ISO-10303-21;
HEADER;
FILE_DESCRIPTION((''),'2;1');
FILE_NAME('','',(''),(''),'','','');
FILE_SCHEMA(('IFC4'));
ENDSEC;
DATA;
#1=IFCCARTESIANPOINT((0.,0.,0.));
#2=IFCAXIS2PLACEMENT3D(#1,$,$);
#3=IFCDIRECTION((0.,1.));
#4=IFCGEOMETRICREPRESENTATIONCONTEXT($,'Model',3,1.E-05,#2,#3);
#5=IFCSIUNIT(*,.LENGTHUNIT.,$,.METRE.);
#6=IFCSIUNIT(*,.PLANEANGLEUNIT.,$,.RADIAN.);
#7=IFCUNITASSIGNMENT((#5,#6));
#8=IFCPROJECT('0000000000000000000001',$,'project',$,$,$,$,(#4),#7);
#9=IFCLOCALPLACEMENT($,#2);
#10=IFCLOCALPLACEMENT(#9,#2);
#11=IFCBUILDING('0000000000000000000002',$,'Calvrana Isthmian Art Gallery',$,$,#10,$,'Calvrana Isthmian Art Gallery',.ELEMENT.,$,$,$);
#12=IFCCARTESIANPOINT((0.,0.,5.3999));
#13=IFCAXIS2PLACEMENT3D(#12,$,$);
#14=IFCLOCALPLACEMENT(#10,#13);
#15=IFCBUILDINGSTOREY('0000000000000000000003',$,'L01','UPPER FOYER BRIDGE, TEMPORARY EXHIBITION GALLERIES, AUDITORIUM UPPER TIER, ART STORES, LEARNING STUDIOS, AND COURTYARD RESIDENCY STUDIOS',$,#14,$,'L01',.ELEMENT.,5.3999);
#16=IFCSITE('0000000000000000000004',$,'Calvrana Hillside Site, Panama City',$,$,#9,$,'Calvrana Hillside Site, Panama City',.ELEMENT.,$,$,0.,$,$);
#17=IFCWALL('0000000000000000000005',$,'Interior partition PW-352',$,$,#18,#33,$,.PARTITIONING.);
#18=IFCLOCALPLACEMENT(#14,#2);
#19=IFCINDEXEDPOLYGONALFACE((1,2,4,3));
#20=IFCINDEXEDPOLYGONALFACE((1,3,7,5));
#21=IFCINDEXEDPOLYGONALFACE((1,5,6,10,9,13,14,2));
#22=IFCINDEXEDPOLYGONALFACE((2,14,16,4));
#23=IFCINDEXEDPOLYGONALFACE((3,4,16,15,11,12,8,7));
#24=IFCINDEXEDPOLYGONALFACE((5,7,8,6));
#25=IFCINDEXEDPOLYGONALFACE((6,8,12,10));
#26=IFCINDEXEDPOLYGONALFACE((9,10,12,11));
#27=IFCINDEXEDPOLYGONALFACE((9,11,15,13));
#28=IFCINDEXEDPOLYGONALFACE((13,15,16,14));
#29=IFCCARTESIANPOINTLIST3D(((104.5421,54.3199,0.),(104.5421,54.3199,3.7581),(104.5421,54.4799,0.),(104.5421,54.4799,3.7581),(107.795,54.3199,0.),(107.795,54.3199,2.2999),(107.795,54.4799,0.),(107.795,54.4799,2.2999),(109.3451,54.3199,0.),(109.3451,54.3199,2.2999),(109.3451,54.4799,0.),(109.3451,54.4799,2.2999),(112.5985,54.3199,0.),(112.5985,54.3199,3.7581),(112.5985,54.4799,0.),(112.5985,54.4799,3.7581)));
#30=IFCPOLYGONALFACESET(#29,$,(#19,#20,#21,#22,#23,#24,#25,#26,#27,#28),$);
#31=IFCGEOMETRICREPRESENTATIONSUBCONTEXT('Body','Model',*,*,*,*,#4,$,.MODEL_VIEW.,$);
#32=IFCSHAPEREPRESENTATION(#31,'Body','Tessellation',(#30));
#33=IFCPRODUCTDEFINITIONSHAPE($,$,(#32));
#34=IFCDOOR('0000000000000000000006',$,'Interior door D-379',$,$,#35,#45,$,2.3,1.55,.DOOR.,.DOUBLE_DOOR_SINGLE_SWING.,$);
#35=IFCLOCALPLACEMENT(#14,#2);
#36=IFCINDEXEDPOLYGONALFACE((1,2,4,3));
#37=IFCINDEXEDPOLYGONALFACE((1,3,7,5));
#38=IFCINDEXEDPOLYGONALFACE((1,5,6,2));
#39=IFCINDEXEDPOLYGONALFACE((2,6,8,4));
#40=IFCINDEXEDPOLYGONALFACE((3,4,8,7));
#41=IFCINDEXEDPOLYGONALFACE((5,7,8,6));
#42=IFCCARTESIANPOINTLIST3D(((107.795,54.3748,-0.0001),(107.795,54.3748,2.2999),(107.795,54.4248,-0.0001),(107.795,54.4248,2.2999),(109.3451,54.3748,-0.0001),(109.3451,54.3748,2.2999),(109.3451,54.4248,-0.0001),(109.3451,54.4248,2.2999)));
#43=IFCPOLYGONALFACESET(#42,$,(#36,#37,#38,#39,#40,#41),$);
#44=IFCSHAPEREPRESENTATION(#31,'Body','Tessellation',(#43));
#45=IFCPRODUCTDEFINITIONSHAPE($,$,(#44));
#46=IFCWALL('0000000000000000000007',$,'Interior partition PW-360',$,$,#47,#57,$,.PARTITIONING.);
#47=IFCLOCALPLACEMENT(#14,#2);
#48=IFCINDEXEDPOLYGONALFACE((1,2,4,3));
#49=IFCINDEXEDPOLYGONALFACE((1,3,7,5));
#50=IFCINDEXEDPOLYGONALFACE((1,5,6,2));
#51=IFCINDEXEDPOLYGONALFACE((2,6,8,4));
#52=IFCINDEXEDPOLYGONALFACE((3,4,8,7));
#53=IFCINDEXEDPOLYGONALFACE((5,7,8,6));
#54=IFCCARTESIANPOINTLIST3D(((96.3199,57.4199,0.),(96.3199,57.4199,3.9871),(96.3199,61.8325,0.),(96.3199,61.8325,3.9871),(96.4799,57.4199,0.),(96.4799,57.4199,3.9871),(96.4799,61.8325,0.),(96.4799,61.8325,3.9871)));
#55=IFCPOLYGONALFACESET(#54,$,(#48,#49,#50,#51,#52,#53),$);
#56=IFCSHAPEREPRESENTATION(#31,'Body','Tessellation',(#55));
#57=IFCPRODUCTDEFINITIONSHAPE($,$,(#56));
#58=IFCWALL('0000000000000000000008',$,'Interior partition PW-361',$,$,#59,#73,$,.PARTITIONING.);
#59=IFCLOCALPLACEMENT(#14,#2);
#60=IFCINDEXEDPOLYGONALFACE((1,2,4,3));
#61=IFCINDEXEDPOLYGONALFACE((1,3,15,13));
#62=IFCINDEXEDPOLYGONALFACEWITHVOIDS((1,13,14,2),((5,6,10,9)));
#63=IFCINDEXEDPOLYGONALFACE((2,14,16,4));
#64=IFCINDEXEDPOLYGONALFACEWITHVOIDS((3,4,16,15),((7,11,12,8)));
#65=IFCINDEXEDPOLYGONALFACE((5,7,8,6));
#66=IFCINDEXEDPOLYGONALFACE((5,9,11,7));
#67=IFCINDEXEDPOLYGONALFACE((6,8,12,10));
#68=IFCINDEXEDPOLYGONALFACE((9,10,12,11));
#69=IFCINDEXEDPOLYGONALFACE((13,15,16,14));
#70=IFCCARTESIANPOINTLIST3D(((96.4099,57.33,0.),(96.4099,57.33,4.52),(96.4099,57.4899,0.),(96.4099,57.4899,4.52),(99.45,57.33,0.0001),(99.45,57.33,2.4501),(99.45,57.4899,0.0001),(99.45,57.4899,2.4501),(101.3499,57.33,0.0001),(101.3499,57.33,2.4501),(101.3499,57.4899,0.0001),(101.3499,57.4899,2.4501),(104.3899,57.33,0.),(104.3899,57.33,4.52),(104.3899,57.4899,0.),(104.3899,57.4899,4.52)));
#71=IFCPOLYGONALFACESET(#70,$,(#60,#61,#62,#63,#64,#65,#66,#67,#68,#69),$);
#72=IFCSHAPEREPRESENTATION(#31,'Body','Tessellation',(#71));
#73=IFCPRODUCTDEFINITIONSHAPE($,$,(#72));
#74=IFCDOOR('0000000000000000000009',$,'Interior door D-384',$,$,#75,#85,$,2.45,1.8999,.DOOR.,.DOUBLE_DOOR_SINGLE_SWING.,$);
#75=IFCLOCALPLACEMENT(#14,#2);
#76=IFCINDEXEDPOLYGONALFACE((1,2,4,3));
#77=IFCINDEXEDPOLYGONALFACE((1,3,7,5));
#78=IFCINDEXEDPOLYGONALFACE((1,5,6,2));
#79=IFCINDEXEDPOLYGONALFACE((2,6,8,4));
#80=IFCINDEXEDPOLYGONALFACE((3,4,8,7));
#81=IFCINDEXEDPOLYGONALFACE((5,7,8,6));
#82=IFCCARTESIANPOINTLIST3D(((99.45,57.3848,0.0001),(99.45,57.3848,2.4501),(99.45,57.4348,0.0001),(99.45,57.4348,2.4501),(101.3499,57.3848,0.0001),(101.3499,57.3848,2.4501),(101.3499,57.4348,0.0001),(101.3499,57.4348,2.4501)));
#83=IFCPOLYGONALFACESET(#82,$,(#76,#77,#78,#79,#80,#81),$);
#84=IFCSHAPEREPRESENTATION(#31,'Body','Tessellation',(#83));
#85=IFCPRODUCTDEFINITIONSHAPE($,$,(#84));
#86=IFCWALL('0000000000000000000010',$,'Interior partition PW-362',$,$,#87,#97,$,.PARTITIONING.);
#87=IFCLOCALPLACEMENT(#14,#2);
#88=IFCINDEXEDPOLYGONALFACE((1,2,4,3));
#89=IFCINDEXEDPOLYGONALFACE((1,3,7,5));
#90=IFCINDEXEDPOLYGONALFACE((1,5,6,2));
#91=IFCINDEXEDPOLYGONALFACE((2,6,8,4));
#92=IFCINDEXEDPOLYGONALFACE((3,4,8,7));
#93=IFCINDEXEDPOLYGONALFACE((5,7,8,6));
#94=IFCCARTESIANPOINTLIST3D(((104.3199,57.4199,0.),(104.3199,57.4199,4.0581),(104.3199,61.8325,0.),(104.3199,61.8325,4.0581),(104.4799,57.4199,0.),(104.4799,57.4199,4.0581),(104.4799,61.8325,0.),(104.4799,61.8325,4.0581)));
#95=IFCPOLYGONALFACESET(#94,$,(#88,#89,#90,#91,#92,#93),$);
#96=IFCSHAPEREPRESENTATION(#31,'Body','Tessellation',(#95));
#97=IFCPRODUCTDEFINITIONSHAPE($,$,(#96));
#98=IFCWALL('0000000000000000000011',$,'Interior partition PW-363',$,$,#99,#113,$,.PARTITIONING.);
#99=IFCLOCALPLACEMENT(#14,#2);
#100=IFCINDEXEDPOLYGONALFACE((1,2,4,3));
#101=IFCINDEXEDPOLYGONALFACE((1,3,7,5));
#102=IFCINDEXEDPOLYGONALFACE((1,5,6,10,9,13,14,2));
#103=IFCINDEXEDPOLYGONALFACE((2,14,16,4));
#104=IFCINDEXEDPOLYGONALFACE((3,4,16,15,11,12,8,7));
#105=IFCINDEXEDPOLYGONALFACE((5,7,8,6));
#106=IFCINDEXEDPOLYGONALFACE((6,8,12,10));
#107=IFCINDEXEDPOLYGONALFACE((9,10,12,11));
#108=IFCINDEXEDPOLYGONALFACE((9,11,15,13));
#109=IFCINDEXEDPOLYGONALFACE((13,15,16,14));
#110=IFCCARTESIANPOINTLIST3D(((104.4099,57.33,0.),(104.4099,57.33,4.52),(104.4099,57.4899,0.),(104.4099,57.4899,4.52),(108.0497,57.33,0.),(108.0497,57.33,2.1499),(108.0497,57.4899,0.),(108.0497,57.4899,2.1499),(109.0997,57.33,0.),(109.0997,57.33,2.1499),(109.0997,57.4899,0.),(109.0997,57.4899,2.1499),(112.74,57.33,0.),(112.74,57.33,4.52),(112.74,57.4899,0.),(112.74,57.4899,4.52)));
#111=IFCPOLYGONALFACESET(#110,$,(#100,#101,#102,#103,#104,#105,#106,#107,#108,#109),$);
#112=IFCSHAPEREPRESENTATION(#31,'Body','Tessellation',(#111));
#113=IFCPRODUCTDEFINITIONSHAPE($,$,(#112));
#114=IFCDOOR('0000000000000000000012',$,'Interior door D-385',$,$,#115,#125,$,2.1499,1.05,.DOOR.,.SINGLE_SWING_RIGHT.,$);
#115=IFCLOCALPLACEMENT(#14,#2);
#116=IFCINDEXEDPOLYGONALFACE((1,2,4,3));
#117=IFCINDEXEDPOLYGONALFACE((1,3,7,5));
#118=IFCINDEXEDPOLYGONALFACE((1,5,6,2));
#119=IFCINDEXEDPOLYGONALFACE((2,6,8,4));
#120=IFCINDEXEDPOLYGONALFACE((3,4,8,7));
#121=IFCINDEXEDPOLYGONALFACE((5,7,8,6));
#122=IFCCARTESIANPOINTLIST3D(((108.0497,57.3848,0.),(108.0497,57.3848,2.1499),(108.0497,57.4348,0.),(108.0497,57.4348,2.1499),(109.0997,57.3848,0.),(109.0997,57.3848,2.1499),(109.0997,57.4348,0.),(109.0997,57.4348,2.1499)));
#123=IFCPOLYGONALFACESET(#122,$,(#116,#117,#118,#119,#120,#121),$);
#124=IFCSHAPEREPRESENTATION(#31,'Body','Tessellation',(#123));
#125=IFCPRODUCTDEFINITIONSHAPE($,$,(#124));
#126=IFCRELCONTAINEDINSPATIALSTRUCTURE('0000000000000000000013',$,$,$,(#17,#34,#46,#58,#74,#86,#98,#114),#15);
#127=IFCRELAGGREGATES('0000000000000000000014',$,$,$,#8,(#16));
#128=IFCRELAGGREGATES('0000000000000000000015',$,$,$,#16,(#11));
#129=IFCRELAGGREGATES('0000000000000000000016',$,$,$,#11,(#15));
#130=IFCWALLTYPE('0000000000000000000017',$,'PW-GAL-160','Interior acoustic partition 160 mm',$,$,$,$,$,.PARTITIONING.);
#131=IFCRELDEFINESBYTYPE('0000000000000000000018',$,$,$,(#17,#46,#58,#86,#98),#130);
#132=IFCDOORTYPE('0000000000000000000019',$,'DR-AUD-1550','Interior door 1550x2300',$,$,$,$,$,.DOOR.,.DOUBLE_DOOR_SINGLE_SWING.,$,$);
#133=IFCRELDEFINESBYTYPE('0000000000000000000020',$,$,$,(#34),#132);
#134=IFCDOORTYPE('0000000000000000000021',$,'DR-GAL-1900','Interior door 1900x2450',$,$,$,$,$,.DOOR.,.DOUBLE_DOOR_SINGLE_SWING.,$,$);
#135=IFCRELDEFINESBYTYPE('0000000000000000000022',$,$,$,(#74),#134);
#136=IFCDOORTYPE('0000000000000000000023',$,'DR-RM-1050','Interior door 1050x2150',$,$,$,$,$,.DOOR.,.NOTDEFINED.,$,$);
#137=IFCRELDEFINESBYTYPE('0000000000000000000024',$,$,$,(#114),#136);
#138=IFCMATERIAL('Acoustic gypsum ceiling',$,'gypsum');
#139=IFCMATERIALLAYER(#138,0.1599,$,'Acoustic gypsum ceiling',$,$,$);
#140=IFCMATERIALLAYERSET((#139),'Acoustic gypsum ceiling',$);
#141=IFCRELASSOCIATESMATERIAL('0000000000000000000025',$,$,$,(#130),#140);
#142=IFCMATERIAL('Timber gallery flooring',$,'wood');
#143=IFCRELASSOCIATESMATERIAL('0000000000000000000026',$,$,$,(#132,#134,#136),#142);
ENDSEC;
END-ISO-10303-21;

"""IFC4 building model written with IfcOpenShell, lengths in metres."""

from ifc_helpers import new_model, si_unit, direction, frame, frame_2d, origin, place, context, subcontext, project, spatial, rectangle, extrude, material, layer, layer_set, type_object, element, fill, save


model = new_model("IFC4")

# Units and contexts
model_context = context("Model", 3, precision=1e-05, world=origin(), true_north=direction((0.0, 1.0)))
body_context = subcontext(model_context, "Body", "Model", "MODEL_VIEW")
ifc_project = project(units=[si_unit("LENGTHUNIT", "METRE"), si_unit("PLANEANGLEUNIT", "RADIAN")], contexts=[model_context])

# Site, building, storey
site_placement = place(None, origin())
site = spatial("IfcSite", under=ifc_project, at=site_placement, Name="Calvrana Hillside Site, Panama City", LongName="Calvrana Hillside Site, Panama City", CompositionType="ELEMENT", RefElevation=0.0)
building_placement = place(site_placement, origin())
building = spatial("IfcBuilding", under=site, at=building_placement, Name="Calvrana Isthmian Art Gallery", LongName="Calvrana Isthmian Art Gallery", CompositionType="ELEMENT")
storey_placement = place(building_placement, frame((0.0, 0.0, 5.3999)))
storey = spatial("IfcBuildingStorey", under=building, at=storey_placement, Name="L01", Description="UPPER FOYER BRIDGE, TEMPORARY EXHIBITION GALLERIES, AUDITORIUM UPPER TIER, ART STORES, LEARNING STUDIOS, AND COURTYARD RESIDENCY STUDIOS", LongName="L01", CompositionType="ELEMENT", Elevation=5.3999)

# Wall, opening, door
ifc_material_1 = material(Name="Acoustic gypsum ceiling", Category="gypsum")
ifc_layer_1 = layer(ifc_material_1, 0.1599, Name="Acoustic gypsum ceiling")
ifc_layer_set_1 = layer_set([ifc_layer_1], Name="Acoustic gypsum ceiling")
wall_type = type_object("IfcWallType", Name="PW-GAL-160", Description="Interior acoustic partition 160 mm", PredefinedType="PARTITIONING", material=ifc_layer_set_1)
ifc_material_2 = material(Name="Timber gallery flooring", Category="wood")
wall_1_placement = place(storey_placement, frame((104.542, 54.3999, 0.0), z_axis=(0.0, 0.0, 1.0), x_axis=(1.0, 0.0, 0.0)))
wall_1 = element("IfcWall", 1, at=wall_1_placement, inside=storey, type_object=wall_type, Name="Interior partition PW-352", PredefinedType="PARTITIONING", context=body_context, shape_type="SweptSolid", body=[
    extrude(rectangle(XDim=8.0564, YDim=0.1599, at=frame_2d((4.0283, 0.0))), origin(), (0.0, 0.0, 1.0), 3.7581),
])
opening_1_placement = place(wall_1_placement, frame((3.2532, 0.0, 0.0)))
opening_1 = element("IfcOpeningElement", 2, at=opening_1_placement, cuts=wall_1, PredefinedType="OPENING", context=body_context, shape_type="SweptSolid", body=[
    extrude(rectangle(XDim=1.55, YDim=2.3, at=frame_2d((0.7749, 1.1499))), frame((0.0, 0.0903, 0.0), z_axis=(0.0, -1.0, 0.0), x_axis=(1.0, 0.0, 0.0)), (0.0, 0.0, 1.0), 0.1804),
])
door_type_1 = type_object("IfcDoorType", Name="DR-AUD-1550", Description="Interior door 1550x2300", OperationType="DOUBLE_DOOR_SINGLE_SWING", PredefinedType="DOOR", material=ifc_material_2)
door_1_placement = place(opening_1_placement, origin())
door_1 = element("IfcDoor", 3, at=door_1_placement, inside=storey, type_object=door_type_1, Name="Interior door D-379", OperationType="DOUBLE_DOOR_SINGLE_SWING", OverallHeight=2.3, OverallWidth=1.55, PredefinedType="DOOR", context=body_context, shape_type="SweptSolid", body=[
    extrude(rectangle(XDim=1.55, YDim=2.3, at=frame_2d((0.7749, 1.1499))), frame((0.0, 0.0249, 0.0), z_axis=(0.0, -1.0, 0.0), x_axis=(1.0, 0.0, 0.0)), (0.0, 0.0, 1.0), 0.05),
])
fill(opening_1, door_1)

# Wall
wall_2_placement = place(storey_placement, frame((96.3999, 57.4199, 0.0), z_axis=(0.0, 0.0, 1.0), x_axis=(0.0, 1.0, 0.0)))
element("IfcWall", 4, at=wall_2_placement, inside=storey, type_object=wall_type, Name="Interior partition PW-360", PredefinedType="PARTITIONING", context=body_context, shape_type="SweptSolid", body=[
    extrude(rectangle(XDim=4.4126, YDim=0.1599, at=frame_2d((2.2063, 0.0))), origin(), (0.0, 0.0, 1.0), 3.9871),
])

# Wall, opening, door
wall_3_placement = place(storey_placement, frame((96.4099, 57.4099, 0.0), z_axis=(0.0, 0.0, 1.0), x_axis=(1.0, 0.0, 0.0)))
wall_3 = element("IfcWall", 5, at=wall_3_placement, inside=storey, type_object=wall_type, Name="Interior partition PW-361", PredefinedType="PARTITIONING", context=body_context, shape_type="SweptSolid", body=[
    extrude(rectangle(XDim=7.98, YDim=0.1599, at=frame_2d((3.99, 0.0))), origin(), (0.0, 0.0, 1.0), 4.52),
])
opening_2_placement = place(wall_3_placement, frame((3.04, 0.0, 0.0)))
opening_2 = element("IfcOpeningElement", 6, at=opening_2_placement, cuts=wall_3, PredefinedType="OPENING", context=body_context, shape_type="SweptSolid", body=[
    extrude(rectangle(XDim=1.8999, YDim=2.45, at=frame_2d((0.95, 1.2251))), frame((0.0, 0.0903, 0.0), z_axis=(0.0, -1.0, 0.0), x_axis=(1.0, 0.0, 0.0)), (0.0, 0.0, 1.0), 0.1804),
])
door_type_2 = type_object("IfcDoorType", Name="DR-GAL-1900", Description="Interior door 1900x2450", OperationType="DOUBLE_DOOR_SINGLE_SWING", PredefinedType="DOOR", material=ifc_material_2)
door_2_placement = place(opening_2_placement, origin())
door_2 = element("IfcDoor", 7, at=door_2_placement, inside=storey, type_object=door_type_2, Name="Interior door D-384", OperationType="DOUBLE_DOOR_SINGLE_SWING", OverallHeight=2.45, OverallWidth=1.8999, PredefinedType="DOOR", context=body_context, shape_type="SweptSolid", body=[
    extrude(rectangle(XDim=1.8999, YDim=2.45, at=frame_2d((0.95, 1.2251))), frame((0.0, 0.0249, 0.0), z_axis=(0.0, -1.0, 0.0), x_axis=(1.0, 0.0, 0.0)), (0.0, 0.0, 1.0), 0.05),
])
fill(opening_2, door_2)

# Wall
wall_4_placement = place(storey_placement, frame((104.3999, 57.4199, 0.0), z_axis=(0.0, 0.0, 1.0), x_axis=(0.0, 1.0, 0.0)))
element("IfcWall", 8, at=wall_4_placement, inside=storey, type_object=wall_type, Name="Interior partition PW-362", PredefinedType="PARTITIONING", context=body_context, shape_type="SweptSolid", body=[
    extrude(rectangle(XDim=4.4126, YDim=0.1599, at=frame_2d((2.2063, 0.0))), origin(), (0.0, 0.0, 1.0), 4.0581),
])

# Wall, opening, door
wall_5_placement = place(storey_placement, frame((104.4099, 57.4099, 0.0), z_axis=(0.0, 0.0, 1.0), x_axis=(1.0, 0.0, 0.0)))
wall_5 = element("IfcWall", 9, at=wall_5_placement, inside=storey, type_object=wall_type, Name="Interior partition PW-363", PredefinedType="PARTITIONING", context=body_context, shape_type="SweptSolid", body=[
    extrude(rectangle(XDim=8.3301, YDim=0.1599, at=frame_2d((4.165, 0.0))), origin(), (0.0, 0.0, 1.0), 4.52),
])
opening_3_placement = place(wall_5_placement, frame((3.6399, 0.0, 0.0)))
opening_3 = element("IfcOpeningElement", 10, at=opening_3_placement, cuts=wall_5, PredefinedType="OPENING", context=body_context, shape_type="SweptSolid", body=[
    extrude(rectangle(XDim=1.05, YDim=2.1499, at=frame_2d((0.5249, 1.075))), frame((0.0, 0.0903, 0.0), z_axis=(0.0, -1.0, 0.0), x_axis=(1.0, 0.0, 0.0)), (0.0, 0.0, 1.0), 0.1804),
])
door_type_3 = type_object("IfcDoorType", Name="DR-RM-1050", Description="Interior door 1050x2150", OperationType="NOTDEFINED", PredefinedType="DOOR", material=ifc_material_2)
door_3_placement = place(opening_3_placement, origin())
door_3 = element("IfcDoor", 11, at=door_3_placement, inside=storey, type_object=door_type_3, Name="Interior door D-385", OperationType="SINGLE_SWING_RIGHT", OverallHeight=2.1499, OverallWidth=1.05, PredefinedType="DOOR", context=body_context, shape_type="SweptSolid", body=[
    extrude(rectangle(XDim=1.05, YDim=2.1499, at=frame_2d((0.5249, 1.075))), frame((0.0, 0.0249, 0.0), z_axis=(0.0, -1.0, 0.0), x_axis=(1.0, 0.0, 0.0)), (0.0, 0.0, 1.0), 0.05),
])
fill(opening_3, door_3)

save(model, "model.ifc")
